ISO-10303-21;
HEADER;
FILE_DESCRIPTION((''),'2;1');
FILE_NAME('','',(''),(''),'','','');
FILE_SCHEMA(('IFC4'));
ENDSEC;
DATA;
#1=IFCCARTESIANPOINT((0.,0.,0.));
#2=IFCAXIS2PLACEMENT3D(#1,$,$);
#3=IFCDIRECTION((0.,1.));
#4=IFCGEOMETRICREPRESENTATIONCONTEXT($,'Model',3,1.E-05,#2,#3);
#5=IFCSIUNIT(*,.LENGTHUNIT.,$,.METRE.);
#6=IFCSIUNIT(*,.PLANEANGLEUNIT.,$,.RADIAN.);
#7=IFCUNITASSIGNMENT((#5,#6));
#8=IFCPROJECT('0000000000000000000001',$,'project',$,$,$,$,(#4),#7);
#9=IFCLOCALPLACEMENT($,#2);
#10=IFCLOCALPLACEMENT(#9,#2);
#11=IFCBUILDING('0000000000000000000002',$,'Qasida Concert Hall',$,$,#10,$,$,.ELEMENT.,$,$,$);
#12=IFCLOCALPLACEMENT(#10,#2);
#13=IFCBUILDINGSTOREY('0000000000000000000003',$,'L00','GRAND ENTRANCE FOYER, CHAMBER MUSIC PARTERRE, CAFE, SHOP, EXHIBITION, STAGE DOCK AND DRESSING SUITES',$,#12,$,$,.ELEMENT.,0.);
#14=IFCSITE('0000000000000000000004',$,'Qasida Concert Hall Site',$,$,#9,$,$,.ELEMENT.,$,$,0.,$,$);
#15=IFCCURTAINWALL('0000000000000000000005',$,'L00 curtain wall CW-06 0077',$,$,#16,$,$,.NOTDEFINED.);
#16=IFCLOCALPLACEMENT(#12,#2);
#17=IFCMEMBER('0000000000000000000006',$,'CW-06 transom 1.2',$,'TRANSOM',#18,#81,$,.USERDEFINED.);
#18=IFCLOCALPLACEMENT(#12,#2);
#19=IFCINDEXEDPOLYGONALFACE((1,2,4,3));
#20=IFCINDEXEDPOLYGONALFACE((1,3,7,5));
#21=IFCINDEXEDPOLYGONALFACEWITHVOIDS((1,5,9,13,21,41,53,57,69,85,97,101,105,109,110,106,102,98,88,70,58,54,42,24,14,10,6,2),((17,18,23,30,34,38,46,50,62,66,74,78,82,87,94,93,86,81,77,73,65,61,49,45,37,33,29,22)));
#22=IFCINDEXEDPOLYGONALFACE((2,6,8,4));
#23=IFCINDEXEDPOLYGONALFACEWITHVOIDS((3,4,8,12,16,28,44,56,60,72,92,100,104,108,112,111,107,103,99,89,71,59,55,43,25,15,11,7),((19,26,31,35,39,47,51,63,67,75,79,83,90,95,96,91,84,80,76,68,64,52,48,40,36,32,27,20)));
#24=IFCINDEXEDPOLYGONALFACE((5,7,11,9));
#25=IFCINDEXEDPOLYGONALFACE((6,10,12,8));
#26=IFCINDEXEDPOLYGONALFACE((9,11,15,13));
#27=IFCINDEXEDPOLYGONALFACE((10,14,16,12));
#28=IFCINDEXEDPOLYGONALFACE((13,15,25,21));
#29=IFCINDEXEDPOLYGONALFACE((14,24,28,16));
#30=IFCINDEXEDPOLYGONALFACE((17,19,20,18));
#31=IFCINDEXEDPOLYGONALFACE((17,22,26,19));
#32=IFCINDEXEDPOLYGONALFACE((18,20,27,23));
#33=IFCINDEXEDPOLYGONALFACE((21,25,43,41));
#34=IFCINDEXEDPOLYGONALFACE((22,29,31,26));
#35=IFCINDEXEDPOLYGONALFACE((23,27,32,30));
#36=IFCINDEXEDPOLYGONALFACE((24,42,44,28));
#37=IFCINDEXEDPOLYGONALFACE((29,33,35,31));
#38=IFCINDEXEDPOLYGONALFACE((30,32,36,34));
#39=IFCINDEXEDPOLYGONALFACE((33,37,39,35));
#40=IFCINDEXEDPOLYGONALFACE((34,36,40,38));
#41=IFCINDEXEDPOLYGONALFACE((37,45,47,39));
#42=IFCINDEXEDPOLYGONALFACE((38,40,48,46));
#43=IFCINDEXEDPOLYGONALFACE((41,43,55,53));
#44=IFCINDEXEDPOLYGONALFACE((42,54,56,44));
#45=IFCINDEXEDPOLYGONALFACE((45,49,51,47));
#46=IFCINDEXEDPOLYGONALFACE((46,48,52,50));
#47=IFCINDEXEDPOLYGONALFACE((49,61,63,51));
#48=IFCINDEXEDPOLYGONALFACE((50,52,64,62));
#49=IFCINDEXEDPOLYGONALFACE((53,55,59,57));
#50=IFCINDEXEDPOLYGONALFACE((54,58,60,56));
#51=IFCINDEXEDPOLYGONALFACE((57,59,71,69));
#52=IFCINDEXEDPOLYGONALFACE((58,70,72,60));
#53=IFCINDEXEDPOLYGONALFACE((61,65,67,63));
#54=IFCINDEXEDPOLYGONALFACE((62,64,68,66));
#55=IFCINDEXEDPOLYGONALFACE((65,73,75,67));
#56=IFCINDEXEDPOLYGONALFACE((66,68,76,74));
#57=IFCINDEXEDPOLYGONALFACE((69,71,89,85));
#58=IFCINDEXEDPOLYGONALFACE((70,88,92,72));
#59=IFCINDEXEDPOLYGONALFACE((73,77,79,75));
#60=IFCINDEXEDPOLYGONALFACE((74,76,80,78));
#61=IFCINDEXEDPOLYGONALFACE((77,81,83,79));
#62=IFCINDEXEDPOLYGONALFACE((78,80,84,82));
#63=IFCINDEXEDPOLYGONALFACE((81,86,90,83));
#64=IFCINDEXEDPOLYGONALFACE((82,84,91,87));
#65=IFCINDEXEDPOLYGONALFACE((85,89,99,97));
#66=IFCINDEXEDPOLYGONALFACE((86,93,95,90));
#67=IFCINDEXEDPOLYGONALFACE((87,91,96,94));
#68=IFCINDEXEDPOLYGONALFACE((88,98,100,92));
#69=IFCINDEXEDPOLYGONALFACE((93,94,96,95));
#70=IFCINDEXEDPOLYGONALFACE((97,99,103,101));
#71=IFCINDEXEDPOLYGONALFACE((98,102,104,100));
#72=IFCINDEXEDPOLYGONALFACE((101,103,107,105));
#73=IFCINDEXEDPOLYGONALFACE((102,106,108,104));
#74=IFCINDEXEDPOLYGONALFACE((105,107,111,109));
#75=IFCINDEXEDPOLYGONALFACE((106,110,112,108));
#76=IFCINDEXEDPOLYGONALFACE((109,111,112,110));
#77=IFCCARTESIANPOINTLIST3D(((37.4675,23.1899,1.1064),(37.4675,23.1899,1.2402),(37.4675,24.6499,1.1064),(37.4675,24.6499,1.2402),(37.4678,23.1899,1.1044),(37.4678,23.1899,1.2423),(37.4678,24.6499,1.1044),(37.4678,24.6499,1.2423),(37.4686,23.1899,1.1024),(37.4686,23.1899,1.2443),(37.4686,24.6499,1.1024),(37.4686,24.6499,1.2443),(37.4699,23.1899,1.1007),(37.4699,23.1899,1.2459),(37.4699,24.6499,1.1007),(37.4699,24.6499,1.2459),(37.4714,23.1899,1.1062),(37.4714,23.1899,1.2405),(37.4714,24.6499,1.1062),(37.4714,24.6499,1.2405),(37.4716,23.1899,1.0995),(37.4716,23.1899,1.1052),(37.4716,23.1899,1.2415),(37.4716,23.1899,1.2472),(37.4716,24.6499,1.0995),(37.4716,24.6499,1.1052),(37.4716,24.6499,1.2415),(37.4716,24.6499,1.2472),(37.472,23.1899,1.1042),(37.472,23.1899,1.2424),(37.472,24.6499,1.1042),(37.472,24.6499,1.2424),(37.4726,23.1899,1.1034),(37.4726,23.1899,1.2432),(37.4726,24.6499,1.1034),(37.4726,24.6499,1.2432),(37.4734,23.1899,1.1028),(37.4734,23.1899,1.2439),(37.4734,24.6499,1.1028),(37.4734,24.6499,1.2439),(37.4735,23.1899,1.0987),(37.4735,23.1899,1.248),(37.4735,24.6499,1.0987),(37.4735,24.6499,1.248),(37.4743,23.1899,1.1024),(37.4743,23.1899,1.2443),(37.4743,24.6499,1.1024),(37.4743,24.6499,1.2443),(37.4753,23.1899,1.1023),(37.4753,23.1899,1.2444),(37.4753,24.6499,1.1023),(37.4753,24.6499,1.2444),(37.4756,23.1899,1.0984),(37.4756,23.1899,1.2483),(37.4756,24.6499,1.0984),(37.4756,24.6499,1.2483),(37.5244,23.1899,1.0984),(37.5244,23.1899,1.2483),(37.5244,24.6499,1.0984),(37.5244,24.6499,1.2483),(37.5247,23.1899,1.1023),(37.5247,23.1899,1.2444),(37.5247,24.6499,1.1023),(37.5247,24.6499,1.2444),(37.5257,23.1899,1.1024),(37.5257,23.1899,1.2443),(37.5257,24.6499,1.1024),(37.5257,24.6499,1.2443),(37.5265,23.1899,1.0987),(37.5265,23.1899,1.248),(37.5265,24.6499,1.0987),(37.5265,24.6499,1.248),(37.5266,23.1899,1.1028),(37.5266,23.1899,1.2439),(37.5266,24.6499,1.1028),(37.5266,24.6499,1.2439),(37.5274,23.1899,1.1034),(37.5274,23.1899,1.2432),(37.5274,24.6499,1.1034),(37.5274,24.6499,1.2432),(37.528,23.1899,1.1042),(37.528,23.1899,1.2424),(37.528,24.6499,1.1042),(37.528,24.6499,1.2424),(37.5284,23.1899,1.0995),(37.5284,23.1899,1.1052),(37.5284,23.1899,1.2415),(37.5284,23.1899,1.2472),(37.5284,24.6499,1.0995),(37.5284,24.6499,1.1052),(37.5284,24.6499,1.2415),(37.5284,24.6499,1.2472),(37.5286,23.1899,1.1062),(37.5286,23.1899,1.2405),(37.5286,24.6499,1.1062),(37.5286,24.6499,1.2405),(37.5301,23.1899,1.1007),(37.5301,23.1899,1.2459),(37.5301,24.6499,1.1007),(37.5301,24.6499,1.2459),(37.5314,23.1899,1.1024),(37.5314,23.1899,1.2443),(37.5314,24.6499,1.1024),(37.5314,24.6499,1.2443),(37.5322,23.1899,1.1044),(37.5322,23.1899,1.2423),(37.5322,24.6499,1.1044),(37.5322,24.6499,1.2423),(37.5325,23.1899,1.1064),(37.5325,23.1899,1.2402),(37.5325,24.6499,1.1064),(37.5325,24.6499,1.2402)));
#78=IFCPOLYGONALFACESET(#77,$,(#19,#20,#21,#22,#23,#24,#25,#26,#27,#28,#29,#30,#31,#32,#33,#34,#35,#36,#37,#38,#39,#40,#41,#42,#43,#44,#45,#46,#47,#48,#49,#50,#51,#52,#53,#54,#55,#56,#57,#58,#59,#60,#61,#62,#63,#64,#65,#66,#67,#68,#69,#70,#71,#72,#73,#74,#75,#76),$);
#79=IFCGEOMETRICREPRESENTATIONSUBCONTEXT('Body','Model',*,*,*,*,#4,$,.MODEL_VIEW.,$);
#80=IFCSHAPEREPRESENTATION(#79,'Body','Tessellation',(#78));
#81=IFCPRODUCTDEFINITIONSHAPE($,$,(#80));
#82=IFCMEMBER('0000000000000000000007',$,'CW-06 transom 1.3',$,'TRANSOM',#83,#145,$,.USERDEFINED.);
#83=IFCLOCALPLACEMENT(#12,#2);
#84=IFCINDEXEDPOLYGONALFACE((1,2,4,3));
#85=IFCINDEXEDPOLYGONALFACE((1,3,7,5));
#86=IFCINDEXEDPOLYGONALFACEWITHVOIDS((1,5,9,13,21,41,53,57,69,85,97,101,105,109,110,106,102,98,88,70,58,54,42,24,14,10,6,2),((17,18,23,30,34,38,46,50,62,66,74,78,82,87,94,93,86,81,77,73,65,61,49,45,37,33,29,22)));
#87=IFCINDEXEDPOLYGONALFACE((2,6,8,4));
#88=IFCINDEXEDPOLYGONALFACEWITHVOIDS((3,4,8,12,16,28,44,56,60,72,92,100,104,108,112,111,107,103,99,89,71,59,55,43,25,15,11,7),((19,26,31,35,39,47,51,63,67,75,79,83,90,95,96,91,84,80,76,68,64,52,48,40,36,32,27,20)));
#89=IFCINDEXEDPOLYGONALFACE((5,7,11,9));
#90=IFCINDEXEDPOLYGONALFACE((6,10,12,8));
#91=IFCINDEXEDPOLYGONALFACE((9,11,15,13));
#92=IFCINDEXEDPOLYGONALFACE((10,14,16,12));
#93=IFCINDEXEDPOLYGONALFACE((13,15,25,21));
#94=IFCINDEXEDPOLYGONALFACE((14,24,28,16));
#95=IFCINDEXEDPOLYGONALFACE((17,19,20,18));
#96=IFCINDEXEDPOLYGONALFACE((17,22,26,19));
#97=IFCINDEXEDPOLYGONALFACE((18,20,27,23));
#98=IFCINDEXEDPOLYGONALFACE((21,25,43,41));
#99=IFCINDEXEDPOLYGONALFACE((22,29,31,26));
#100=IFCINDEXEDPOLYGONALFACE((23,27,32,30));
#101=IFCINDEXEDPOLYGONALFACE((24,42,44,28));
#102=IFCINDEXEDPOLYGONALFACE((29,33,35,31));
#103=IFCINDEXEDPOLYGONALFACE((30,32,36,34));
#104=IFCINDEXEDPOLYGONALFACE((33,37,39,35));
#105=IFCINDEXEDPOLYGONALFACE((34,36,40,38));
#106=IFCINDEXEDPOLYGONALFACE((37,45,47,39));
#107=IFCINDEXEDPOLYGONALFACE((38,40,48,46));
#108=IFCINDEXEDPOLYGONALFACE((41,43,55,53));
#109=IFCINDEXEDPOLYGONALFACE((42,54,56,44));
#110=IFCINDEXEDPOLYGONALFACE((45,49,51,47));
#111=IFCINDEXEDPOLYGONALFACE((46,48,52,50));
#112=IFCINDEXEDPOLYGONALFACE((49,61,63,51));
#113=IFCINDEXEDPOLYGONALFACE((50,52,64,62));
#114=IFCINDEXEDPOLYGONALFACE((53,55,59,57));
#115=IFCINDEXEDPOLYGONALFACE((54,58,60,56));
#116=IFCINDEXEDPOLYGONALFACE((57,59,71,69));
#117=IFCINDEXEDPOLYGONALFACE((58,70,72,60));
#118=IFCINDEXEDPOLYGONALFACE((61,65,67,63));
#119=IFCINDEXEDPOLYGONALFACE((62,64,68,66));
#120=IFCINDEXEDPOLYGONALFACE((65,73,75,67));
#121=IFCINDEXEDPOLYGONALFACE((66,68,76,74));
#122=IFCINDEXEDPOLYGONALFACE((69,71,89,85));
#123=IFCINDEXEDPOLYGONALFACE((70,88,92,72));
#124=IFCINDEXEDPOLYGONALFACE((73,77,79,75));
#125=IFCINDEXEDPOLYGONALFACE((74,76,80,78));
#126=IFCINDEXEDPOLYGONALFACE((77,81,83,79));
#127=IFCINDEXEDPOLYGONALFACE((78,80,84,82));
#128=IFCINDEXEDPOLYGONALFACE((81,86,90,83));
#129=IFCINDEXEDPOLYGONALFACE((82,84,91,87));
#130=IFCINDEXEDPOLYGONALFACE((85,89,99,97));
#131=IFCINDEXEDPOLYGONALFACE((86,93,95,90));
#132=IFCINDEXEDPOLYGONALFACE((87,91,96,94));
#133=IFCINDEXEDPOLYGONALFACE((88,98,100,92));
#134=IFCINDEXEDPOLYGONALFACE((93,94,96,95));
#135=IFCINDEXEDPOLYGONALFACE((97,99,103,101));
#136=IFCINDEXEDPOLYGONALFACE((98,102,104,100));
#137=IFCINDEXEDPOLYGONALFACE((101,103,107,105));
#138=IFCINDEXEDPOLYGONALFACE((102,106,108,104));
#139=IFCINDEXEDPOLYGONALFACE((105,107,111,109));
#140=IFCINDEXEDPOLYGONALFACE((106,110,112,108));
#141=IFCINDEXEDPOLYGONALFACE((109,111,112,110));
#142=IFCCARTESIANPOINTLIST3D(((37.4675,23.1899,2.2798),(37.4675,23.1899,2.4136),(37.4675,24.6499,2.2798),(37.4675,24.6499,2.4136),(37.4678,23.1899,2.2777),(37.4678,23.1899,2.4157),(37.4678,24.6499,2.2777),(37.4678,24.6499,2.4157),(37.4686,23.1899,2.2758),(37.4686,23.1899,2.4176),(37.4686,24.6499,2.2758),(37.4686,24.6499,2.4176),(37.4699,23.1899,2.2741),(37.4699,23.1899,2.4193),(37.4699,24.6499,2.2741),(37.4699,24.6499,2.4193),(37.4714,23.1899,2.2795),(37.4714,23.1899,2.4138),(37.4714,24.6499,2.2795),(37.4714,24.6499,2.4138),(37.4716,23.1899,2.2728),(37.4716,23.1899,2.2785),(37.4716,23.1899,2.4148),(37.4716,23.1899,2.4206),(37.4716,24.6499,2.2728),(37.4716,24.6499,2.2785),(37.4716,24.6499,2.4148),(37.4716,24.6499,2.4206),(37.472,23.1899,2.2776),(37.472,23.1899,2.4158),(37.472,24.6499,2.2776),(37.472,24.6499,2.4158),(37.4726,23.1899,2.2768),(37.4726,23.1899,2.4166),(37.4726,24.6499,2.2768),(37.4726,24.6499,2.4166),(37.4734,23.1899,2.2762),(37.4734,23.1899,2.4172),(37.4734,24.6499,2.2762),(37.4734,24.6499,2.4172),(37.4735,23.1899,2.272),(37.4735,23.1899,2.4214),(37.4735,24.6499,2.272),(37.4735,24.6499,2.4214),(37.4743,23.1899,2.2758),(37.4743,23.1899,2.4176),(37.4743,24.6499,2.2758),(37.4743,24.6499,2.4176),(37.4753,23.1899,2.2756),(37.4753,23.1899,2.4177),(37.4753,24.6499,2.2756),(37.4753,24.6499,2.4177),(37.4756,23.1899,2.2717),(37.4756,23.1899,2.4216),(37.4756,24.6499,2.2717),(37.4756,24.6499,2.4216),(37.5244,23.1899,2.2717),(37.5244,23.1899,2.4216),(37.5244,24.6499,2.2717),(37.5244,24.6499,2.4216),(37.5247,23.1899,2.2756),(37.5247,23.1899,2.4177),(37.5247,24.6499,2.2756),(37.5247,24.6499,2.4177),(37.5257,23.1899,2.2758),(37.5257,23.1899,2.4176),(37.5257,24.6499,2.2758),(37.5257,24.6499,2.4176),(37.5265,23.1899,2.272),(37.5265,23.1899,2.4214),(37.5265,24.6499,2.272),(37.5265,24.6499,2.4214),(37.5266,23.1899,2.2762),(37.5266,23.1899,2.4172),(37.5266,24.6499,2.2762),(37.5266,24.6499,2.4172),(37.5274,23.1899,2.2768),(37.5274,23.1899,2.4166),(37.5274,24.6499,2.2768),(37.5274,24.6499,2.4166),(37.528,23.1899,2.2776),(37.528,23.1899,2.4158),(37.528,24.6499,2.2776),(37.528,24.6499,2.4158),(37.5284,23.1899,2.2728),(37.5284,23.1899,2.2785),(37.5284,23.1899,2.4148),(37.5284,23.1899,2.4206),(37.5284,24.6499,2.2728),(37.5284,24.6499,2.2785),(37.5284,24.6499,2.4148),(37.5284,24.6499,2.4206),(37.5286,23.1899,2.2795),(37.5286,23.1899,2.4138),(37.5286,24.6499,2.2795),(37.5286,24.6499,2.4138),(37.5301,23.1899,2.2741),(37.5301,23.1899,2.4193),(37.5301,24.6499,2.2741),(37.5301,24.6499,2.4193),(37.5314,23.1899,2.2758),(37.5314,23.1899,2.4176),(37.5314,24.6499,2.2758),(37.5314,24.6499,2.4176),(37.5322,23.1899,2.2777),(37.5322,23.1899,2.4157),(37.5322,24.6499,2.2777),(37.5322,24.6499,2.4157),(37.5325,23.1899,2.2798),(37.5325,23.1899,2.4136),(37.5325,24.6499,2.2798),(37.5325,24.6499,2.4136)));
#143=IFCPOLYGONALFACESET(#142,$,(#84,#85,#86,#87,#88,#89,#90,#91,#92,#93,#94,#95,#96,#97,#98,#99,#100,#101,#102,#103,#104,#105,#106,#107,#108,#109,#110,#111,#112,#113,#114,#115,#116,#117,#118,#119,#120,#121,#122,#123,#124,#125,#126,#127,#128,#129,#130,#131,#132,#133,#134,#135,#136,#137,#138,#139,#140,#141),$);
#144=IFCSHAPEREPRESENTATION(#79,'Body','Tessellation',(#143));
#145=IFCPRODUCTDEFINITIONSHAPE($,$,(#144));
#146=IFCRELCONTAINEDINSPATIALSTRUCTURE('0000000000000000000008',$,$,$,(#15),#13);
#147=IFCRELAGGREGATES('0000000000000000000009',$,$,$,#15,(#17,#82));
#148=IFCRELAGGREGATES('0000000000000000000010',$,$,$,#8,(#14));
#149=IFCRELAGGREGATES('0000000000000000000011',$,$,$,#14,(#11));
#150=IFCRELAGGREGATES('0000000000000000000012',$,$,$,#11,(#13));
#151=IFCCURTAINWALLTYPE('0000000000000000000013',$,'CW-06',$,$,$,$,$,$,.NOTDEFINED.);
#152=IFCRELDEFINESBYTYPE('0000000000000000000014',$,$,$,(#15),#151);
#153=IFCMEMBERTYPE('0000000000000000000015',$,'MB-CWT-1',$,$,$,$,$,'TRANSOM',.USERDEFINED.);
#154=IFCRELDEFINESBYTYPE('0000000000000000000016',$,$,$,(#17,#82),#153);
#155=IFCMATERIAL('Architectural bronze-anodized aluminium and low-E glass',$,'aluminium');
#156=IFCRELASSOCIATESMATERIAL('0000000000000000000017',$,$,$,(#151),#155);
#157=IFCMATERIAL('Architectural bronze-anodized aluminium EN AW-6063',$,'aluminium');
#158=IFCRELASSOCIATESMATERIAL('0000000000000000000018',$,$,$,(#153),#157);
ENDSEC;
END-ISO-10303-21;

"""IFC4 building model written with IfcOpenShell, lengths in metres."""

from ifc_helpers import new_model, si_unit, direction, frame, origin, origin_2d, place, context, subcontext, project, spatial, hollow_rectangle, extrude, material, material_profile, profile_set, type_object, element, aggregate, save


model = new_model("IFC4")

# Units and contexts
model_context = context("Model", 3, precision=1e-05, world=origin(), true_north=direction((0.0, 1.0)))
body_context = subcontext(model_context, "Body", "Model", "MODEL_VIEW")
ifc_project = project(units=[si_unit("LENGTHUNIT", "METRE"), si_unit("PLANEANGLEUNIT", "RADIAN")], contexts=[model_context])

# Site, building, storey
site_placement = place(None, origin())
site = spatial("IfcSite", under=ifc_project, at=site_placement, Name="Qasida Concert Hall Site", CompositionType="ELEMENT", RefElevation=0.0)
building_placement = place(site_placement, origin())
building = spatial("IfcBuilding", under=site, at=building_placement, Name="Qasida Concert Hall", CompositionType="ELEMENT")
storey_placement = place(building_placement, origin())
storey = spatial("IfcBuildingStorey", under=building, at=storey_placement, Name="L00", Description="GRAND ENTRANCE FOYER, CHAMBER MUSIC PARTERRE, CAFE, SHOP, EXHIBITION, STAGE DOCK AND DRESSING SUITES", CompositionType="ELEMENT", Elevation=0.0)

# Curtain wall, members
ifc_material_1 = material(Name="Architectural bronze-anodized aluminium and low-E glass", Category="aluminium")
curtain_wall_type = type_object("IfcCurtainWallType", Name="CW-06", PredefinedType="NOTDEFINED", material=ifc_material_1)
curtain_wall_placement = place(storey_placement, origin())
curtain_wall = element("IfcCurtainWall", 1, at=curtain_wall_placement, inside=storey, type_object=curtain_wall_type, Name="L00 curtain wall CW-06 0077", PredefinedType="NOTDEFINED")
ifc_material_2 = material(Name="Architectural bronze-anodized aluminium EN AW-6063", Category="aluminium")
ifc_material_profile_1 = material_profile(ifc_material_2, hollow_rectangle(XDim=0.0649, YDim=0.1499, WallThickness=0.0039, InnerFilletRadius=0.0039, OuterFilletRadius=0.0081, at=origin_2d()), Name="CWT 150x65x4")
ifc_profile_set_1 = profile_set([ifc_material_profile_1], Name="Architectural bronze-anodized aluminium EN AW-6063")
member_type_1 = type_object("IfcMemberType", Name="MB-CWT-1", ElementType="TRANSOM", PredefinedType="USERDEFINED", material=ifc_profile_set_1)
member_1_placement = place(storey_placement, frame((37.5, 23.1899, 1.1733), z_axis=(0.0, 1.0, 0.0), x_axis=(-1.0, 0.0, 0.0)))
member_1 = element("IfcMember", 2, at=member_1_placement, type_object=member_type_1, Name="CW-06 transom 1.2", ObjectType="TRANSOM", PredefinedType="USERDEFINED", context=body_context, shape_type="SweptSolid", body=[
    extrude(hollow_rectangle(XDim=0.0649, YDim=0.1499, WallThickness=0.0039, InnerFilletRadius=0.0039, OuterFilletRadius=0.0081, at=origin_2d()), origin(), (0.0, 0.0, 1.0), 1.46),
])
member_2_placement = place(storey_placement, frame((37.5, 23.1899, 2.3467), z_axis=(0.0, 1.0, 0.0), x_axis=(-1.0, 0.0, 0.0)))
member_2 = element("IfcMember", 3, at=member_2_placement, type_object=member_type_1, Name="CW-06 transom 1.3", ObjectType="TRANSOM", PredefinedType="USERDEFINED", context=body_context, shape_type="SweptSolid", body=[
    extrude(hollow_rectangle(XDim=0.0649, YDim=0.1499, WallThickness=0.0039, InnerFilletRadius=0.0039, OuterFilletRadius=0.0081, at=origin_2d()), origin(), (0.0, 0.0, 1.0), 1.46),
])
aggregate(curtain_wall, [member_1, member_2])

save(model, "model.ifc")
